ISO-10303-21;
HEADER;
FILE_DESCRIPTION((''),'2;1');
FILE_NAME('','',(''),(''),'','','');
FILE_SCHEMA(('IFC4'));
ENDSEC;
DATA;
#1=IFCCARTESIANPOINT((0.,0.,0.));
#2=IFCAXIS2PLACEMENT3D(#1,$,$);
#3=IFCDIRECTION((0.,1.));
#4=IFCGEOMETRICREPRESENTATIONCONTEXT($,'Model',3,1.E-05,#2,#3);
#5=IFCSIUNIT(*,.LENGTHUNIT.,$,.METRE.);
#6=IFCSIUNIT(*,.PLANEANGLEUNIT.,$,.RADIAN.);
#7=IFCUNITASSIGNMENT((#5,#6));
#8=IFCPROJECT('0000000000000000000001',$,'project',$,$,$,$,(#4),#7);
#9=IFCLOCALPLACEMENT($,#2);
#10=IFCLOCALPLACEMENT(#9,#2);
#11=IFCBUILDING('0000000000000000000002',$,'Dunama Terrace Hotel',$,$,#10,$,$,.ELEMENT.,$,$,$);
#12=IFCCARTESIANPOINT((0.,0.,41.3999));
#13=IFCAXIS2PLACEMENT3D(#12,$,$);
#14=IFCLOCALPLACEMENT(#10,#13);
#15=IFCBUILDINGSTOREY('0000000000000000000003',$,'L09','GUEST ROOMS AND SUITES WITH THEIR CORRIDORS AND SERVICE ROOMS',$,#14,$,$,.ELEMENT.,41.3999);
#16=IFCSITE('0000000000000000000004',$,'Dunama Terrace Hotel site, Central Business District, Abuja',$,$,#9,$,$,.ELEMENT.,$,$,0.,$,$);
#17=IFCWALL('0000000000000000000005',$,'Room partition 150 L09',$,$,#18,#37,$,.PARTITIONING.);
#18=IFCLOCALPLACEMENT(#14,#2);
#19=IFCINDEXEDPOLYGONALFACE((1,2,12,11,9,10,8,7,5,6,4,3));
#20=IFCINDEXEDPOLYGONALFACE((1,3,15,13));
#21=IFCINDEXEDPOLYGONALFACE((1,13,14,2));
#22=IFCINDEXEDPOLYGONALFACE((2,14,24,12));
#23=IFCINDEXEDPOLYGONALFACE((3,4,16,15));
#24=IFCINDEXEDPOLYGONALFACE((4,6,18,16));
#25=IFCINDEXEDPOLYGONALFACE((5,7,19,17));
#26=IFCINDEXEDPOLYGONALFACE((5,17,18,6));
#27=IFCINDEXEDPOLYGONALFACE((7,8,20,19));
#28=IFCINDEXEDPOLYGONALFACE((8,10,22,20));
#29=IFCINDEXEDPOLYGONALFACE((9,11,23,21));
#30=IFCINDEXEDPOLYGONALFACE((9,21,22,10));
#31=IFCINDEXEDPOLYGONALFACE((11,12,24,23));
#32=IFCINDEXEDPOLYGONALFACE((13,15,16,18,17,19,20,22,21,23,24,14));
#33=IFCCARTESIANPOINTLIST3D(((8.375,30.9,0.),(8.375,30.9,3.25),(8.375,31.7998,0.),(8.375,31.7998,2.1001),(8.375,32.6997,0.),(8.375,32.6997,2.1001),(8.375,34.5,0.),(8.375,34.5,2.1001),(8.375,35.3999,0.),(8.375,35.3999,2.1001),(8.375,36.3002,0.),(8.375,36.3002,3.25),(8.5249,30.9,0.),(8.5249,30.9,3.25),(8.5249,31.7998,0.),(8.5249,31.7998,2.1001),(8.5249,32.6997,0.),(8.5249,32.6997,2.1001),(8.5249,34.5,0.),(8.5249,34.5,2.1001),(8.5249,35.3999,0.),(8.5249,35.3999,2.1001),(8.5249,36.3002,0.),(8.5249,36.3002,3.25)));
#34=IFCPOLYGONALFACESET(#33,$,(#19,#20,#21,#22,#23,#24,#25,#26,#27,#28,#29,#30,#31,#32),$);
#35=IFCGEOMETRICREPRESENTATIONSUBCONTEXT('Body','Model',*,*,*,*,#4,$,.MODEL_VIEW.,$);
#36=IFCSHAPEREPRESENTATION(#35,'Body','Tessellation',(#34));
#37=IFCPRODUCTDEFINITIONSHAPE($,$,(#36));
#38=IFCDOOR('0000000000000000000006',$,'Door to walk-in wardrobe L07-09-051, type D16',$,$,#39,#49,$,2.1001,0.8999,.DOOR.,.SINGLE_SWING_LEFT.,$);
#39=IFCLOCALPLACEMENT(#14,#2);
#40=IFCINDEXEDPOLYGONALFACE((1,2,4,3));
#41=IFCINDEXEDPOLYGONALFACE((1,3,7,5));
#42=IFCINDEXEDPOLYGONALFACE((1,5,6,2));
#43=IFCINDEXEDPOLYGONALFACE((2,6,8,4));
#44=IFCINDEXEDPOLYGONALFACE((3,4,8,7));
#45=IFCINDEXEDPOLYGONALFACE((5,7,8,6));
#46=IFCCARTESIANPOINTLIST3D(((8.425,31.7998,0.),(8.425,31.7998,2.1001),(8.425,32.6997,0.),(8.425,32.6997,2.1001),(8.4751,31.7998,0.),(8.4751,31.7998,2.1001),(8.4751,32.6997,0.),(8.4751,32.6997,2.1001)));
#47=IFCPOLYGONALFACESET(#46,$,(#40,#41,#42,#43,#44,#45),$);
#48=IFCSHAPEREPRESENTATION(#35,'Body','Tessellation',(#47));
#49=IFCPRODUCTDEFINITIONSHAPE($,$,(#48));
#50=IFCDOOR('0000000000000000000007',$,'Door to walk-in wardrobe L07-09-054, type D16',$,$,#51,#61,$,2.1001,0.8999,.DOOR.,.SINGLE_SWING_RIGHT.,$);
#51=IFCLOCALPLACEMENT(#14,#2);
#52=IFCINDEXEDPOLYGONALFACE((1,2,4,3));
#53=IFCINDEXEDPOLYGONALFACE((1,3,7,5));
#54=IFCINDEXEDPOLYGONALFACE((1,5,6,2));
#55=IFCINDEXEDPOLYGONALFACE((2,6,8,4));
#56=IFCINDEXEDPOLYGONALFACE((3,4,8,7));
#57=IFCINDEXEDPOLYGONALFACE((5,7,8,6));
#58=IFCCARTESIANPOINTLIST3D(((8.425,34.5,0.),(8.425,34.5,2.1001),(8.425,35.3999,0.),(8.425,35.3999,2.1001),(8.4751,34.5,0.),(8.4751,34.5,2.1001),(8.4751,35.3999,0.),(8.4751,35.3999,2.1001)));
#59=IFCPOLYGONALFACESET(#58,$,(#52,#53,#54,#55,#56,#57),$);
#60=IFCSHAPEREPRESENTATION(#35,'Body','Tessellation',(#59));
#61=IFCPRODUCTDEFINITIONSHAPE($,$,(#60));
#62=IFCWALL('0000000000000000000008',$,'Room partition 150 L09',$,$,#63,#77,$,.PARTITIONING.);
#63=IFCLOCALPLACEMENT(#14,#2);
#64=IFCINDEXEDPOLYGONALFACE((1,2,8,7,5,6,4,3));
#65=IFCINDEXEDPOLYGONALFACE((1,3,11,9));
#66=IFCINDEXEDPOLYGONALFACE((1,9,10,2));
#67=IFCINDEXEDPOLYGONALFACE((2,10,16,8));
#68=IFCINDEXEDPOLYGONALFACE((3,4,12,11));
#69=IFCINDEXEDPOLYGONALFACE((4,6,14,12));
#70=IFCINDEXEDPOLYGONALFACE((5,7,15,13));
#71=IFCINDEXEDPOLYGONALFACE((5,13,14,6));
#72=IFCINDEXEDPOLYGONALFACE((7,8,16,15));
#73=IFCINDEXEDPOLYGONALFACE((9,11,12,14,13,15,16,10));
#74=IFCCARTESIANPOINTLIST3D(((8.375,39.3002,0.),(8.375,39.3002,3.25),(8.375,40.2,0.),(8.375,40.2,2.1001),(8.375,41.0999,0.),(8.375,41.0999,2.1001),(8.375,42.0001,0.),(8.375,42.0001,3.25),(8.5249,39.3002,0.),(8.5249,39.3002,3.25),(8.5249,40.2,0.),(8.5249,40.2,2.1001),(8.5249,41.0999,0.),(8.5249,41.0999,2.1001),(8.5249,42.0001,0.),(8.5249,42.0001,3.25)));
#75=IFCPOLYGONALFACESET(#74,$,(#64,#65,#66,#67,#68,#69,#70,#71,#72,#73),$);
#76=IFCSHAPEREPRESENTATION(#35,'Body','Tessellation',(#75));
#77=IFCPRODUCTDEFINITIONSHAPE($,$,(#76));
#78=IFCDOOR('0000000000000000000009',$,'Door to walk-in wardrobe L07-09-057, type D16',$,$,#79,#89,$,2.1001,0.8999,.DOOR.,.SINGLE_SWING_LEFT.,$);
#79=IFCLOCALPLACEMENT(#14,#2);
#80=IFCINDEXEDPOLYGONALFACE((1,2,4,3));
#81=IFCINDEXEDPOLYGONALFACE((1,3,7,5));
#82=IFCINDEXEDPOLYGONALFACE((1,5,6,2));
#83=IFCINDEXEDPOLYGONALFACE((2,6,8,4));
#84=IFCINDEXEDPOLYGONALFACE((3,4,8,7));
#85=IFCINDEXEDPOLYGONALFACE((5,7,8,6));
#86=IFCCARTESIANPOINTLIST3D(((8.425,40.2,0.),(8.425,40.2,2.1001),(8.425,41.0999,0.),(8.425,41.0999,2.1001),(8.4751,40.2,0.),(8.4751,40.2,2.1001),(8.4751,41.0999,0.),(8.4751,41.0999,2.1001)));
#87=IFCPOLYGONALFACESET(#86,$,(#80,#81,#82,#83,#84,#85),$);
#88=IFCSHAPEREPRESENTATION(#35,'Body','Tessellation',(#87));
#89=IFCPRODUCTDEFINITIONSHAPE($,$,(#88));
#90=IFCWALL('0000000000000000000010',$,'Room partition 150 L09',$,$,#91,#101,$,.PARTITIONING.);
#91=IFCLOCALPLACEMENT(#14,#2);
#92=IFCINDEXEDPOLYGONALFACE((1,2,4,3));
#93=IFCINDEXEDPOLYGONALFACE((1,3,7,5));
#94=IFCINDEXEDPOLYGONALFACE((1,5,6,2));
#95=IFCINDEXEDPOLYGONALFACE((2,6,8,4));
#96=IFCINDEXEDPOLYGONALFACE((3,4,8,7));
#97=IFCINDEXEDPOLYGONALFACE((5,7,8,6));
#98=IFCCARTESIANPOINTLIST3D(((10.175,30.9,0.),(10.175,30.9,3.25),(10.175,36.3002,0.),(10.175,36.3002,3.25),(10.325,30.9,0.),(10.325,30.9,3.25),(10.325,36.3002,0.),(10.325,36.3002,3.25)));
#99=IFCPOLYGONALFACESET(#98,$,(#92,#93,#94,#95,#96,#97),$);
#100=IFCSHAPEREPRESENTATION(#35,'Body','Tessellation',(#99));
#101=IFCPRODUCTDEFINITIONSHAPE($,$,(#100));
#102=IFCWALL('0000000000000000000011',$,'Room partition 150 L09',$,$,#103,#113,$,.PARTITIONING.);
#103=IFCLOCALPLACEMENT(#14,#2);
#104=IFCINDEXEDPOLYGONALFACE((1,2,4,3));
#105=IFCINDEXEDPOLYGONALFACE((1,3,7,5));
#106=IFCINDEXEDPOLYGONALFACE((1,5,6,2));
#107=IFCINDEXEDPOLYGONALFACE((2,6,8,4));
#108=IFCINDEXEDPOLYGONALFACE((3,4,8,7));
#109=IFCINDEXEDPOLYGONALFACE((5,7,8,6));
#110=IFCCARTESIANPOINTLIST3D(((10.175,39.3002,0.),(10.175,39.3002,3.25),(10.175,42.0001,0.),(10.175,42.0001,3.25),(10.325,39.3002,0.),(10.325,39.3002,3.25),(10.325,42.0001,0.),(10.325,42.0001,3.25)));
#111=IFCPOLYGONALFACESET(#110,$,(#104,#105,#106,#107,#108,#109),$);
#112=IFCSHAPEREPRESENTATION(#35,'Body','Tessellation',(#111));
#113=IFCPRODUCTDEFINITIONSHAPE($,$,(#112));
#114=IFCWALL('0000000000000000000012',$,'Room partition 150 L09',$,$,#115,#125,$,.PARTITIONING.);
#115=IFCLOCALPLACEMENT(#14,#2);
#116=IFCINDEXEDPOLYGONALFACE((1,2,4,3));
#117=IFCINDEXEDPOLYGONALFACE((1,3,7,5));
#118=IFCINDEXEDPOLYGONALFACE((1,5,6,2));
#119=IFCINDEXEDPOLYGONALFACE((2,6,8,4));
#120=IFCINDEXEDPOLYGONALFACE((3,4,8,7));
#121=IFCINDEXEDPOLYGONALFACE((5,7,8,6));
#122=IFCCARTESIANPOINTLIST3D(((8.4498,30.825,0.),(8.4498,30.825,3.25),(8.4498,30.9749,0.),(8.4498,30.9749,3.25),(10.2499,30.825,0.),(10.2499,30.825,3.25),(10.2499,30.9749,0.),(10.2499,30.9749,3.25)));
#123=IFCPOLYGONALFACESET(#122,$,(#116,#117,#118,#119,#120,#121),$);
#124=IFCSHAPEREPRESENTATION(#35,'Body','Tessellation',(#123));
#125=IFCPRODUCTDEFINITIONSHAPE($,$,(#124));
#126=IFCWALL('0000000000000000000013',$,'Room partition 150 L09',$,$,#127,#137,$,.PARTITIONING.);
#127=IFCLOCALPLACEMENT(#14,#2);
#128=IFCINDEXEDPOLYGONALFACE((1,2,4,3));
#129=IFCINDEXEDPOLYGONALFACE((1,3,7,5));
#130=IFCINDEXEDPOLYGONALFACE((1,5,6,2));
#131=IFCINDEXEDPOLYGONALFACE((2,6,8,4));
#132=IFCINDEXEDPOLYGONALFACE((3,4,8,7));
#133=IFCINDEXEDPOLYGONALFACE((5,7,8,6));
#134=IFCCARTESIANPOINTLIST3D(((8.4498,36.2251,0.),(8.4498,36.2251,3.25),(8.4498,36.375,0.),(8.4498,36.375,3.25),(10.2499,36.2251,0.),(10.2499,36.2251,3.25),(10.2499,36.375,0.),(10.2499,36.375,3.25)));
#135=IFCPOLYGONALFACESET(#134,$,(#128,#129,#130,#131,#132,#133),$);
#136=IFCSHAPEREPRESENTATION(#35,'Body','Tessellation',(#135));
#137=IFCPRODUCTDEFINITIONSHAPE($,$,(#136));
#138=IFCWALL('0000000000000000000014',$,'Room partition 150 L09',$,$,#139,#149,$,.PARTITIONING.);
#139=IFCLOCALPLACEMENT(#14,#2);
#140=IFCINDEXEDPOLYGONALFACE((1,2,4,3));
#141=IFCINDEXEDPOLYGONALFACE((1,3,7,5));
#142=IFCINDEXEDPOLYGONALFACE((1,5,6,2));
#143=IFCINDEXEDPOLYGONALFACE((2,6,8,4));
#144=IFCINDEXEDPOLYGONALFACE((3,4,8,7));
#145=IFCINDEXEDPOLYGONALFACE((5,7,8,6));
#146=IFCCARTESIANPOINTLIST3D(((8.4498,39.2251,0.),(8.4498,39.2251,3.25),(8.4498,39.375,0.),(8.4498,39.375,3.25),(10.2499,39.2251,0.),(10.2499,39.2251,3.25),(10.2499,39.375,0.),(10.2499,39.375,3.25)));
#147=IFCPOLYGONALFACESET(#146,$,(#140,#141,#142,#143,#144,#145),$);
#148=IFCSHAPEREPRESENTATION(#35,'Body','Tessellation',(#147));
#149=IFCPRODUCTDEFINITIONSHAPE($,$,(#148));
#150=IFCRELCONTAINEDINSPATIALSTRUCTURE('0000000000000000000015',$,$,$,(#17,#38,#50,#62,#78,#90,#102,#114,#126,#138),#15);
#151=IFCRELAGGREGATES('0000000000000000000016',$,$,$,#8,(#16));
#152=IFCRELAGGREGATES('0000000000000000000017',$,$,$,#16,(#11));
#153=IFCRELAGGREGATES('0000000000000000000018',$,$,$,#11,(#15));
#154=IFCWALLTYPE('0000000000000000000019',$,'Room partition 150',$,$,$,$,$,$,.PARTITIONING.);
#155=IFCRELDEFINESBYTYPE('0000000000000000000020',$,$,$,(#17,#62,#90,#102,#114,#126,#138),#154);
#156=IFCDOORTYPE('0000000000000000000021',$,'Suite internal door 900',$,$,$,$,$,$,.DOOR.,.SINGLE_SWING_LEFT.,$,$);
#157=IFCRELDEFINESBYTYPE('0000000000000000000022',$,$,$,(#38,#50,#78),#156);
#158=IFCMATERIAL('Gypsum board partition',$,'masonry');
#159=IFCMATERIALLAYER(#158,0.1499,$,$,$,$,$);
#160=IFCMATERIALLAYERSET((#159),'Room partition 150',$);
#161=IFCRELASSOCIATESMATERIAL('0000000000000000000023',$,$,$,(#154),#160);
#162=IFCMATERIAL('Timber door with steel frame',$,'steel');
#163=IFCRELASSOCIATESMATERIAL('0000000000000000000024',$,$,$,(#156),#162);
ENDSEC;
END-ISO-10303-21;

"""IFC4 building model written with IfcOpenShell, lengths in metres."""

from ifc_helpers import new_model, si_unit, direction, frame, frame_2d, origin, place, context, subcontext, project, spatial, rectangle, extrude, material, layer, layer_set, type_object, element, fill, save


model = new_model("IFC4")

# Units and contexts
model_context = context("Model", 3, precision=1e-05, world=origin(), true_north=direction((0.0, 1.0)))
body_context = subcontext(model_context, "Body", "Model", "MODEL_VIEW")
ifc_project = project(units=[si_unit("LENGTHUNIT", "METRE"), si_unit("PLANEANGLEUNIT", "RADIAN")], contexts=[model_context])

# Site, building, storey
site_placement = place(None, origin())
site = spatial("IfcSite", under=ifc_project, at=site_placement, Name="Dunama Terrace Hotel site, Central Business District, Abuja", CompositionType="ELEMENT", RefElevation=0.0)
building_placement = place(site_placement, origin())
building = spatial("IfcBuilding", under=site, at=building_placement, Name="Dunama Terrace Hotel", CompositionType="ELEMENT")
storey_placement = place(building_placement, frame((0.0, 0.0, 41.3999)))
storey = spatial("IfcBuildingStorey", under=building, at=storey_placement, Name="L09", Description="GUEST ROOMS AND SUITES WITH THEIR CORRIDORS AND SERVICE ROOMS", CompositionType="ELEMENT", Elevation=41.3999)

# Shared definitions
ifc_material_1 = material(Name="Gypsum board partition", Category="masonry")
ifc_layer_1 = layer(ifc_material_1, 0.1499)
ifc_layer_set_1 = layer_set([ifc_layer_1], Name="Room partition 150")
wall_type_1 = type_object("IfcWallType", Name="Room partition 150", PredefinedType="PARTITIONING", material=ifc_layer_set_1)

# Wall, openings, doors
wall_1_placement = place(storey_placement, frame((8.45, 30.8999, 0.0), z_axis=(0.0, 0.0, 1.0), x_axis=(0.0, 1.0, 0.0)))
wall_1 = element("IfcWall", 1, at=wall_1_placement, inside=storey, type_object=wall_type_1, Name="Room partition 150 L09", PredefinedType="PARTITIONING", context=body_context, shape_type="SweptSolid", body=[
    extrude(rectangle(XDim=5.4001, YDim=0.1499, at=frame_2d((2.7002, 0.0))), origin(), (0.0, 0.0, 1.0), 3.25),
])
opening_1_placement = place(wall_1_placement, frame((0.8999, 0.0, 0.0)))
opening_1 = element("IfcOpeningElement", 2, at=opening_1_placement, cuts=wall_1, PredefinedType="OPENING", context=body_context, shape_type="SweptSolid", body=[
    extrude(rectangle(XDim=0.8999, YDim=2.1001, at=frame_2d((0.45, 1.05))), frame((0.0, 0.085, 0.0), z_axis=(0.0, -1.0, 0.0), x_axis=(1.0, 0.0, 0.0)), (0.0, 0.0, 1.0), 0.1699),
])
opening_2_placement = place(wall_1_placement, frame((3.6001, 0.0, 0.0)))
opening_2 = element("IfcOpeningElement", 3, at=opening_2_placement, cuts=wall_1, PredefinedType="OPENING", context=body_context, shape_type="SweptSolid", body=[
    extrude(rectangle(XDim=0.8999, YDim=2.1001, at=frame_2d((0.45, 1.05))), frame((0.0, 0.085, 0.0), z_axis=(0.0, -1.0, 0.0), x_axis=(1.0, 0.0, 0.0)), (0.0, 0.0, 1.0), 0.1699),
])
ifc_material_2 = material(Name="Timber door with steel frame", Category="steel")
door_type_1 = type_object("IfcDoorType", Name="Suite internal door 900", OperationType="SINGLE_SWING_LEFT", PredefinedType="DOOR", material=ifc_material_2)
door_1_placement = place(opening_1_placement, frame((0.8999, 0.0, 0.0), z_axis=(0.0, 0.0, 1.0), x_axis=(-1.0, 0.0, 0.0)))
door_1 = element("IfcDoor", 4, at=door_1_placement, inside=storey, type_object=door_type_1, Name="Door to walk-in wardrobe L07-09-051, type D16", OperationType="SINGLE_SWING_LEFT", OverallHeight=2.1001, OverallWidth=0.8999, PredefinedType="DOOR", context=body_context, shape_type="SweptSolid", body=[
    extrude(rectangle(XDim=0.8999, YDim=2.1001, at=frame_2d((0.45, 1.05))), frame((0.0, 0.0251, 0.0), z_axis=(0.0, -1.0, 0.0), x_axis=(1.0, 0.0, 0.0)), (0.0, 0.0, 1.0), 0.05),
])
fill(opening_1, door_1)
door_2_placement = place(opening_2_placement, frame((0.8999, 0.0, 0.0), z_axis=(0.0, 0.0, 1.0), x_axis=(-1.0, 0.0, 0.0)))
door_2 = element("IfcDoor", 5, at=door_2_placement, inside=storey, type_object=door_type_1, Name="Door to walk-in wardrobe L07-09-054, type D16", OperationType="SINGLE_SWING_RIGHT", OverallHeight=2.1001, OverallWidth=0.8999, PredefinedType="DOOR", context=body_context, shape_type="SweptSolid", body=[
    extrude(rectangle(XDim=0.8999, YDim=2.1001, at=frame_2d((0.45, 1.05))), frame((0.0, 0.0251, 0.0), z_axis=(0.0, -1.0, 0.0), x_axis=(1.0, 0.0, 0.0)), (0.0, 0.0, 1.0), 0.05),
])
fill(opening_2, door_2)

# Wall, opening, door
wall_2_placement = place(storey_placement, frame((8.45, 39.3, 0.0), z_axis=(0.0, 0.0, 1.0), x_axis=(0.0, 1.0, 0.0)))
wall_2 = element("IfcWall", 6, at=wall_2_placement, inside=storey, type_object=wall_type_1, Name="Room partition 150 L09", PredefinedType="PARTITIONING", context=body_context, shape_type="SweptSolid", body=[
    extrude(rectangle(XDim=2.7, YDim=0.1499, at=frame_2d((1.3501, 0.0))), origin(), (0.0, 0.0, 1.0), 3.25),
])
opening_3_placement = place(wall_2_placement, frame((0.8999, 0.0, 0.0)))
opening_3 = element("IfcOpeningElement", 7, at=opening_3_placement, cuts=wall_2, PredefinedType="OPENING", context=body_context, shape_type="SweptSolid", body=[
    extrude(rectangle(XDim=0.8999, YDim=2.1001, at=frame_2d((0.45, 1.05))), frame((0.0, 0.085, 0.0), z_axis=(0.0, -1.0, 0.0), x_axis=(1.0, 0.0, 0.0)), (0.0, 0.0, 1.0), 0.1699),
])
door_3_placement = place(opening_3_placement, frame((0.8999, 0.0, 0.0), z_axis=(0.0, 0.0, 1.0), x_axis=(-1.0, 0.0, 0.0)))
door_3 = element("IfcDoor", 8, at=door_3_placement, inside=storey, type_object=door_type_1, Name="Door to walk-in wardrobe L07-09-057, type D16", OperationType="SINGLE_SWING_LEFT", OverallHeight=2.1001, OverallWidth=0.8999, PredefinedType="DOOR", context=body_context, shape_type="SweptSolid", body=[
    extrude(rectangle(XDim=0.8999, YDim=2.1001, at=frame_2d((0.45, 1.05))), frame((0.0, 0.0251, 0.0), z_axis=(0.0, -1.0, 0.0), x_axis=(1.0, 0.0, 0.0)), (0.0, 0.0, 1.0), 0.05),
])
fill(opening_3, door_3)

# Walls
wall_3_placement = place(storey_placement, frame((10.25, 30.8999, 0.0), z_axis=(0.0, 0.0, 1.0), x_axis=(0.0, 1.0, 0.0)))
element("IfcWall", 9, at=wall_3_placement, inside=storey, type_object=wall_type_1, Name="Room partition 150 L09", PredefinedType="PARTITIONING", context=body_context, shape_type="SweptSolid", body=[
    extrude(rectangle(XDim=5.4001, YDim=0.1499, at=frame_2d((2.7002, 0.0))), origin(), (0.0, 0.0, 1.0), 3.25),
])
wall_4_placement = place(storey_placement, frame((10.25, 39.3, 0.0), z_axis=(0.0, 0.0, 1.0), x_axis=(0.0, 1.0, 0.0)))
element("IfcWall", 10, at=wall_4_placement, inside=storey, type_object=wall_type_1, Name="Room partition 150 L09", PredefinedType="PARTITIONING", context=body_context, shape_type="SweptSolid", body=[
    extrude(rectangle(XDim=2.7, YDim=0.1499, at=frame_2d((1.3501, 0.0))), origin(), (0.0, 0.0, 1.0), 3.25),
])
for number, where, z_axis, x_axis, name in (
    (11, (8.45, 30.8999, 0.0), (0.0, 0.0, 1.0), (1.0, 0.0, 0.0), "Room partition 150 L09"),
    (12, (8.45, 36.3, 0.0), (0.0, 0.0, 1.0), (1.0, 0.0, 0.0), "Room partition 150 L09"),
    (13, (8.45, 39.3, 0.0), (0.0, 0.0, 1.0), (1.0, 0.0, 0.0), "Room partition 150 L09"),
):
    element("IfcWall", number, at=place(storey_placement, frame(where, z_axis=z_axis, x_axis=x_axis)), inside=storey, type_object=wall_type_1, Name=name, PredefinedType="PARTITIONING", context=body_context, shape_type="SweptSolid", body=[
        extrude(rectangle(XDim=1.8, YDim=0.1499, at=frame_2d((0.8999, 0.0))), origin(), (0.0, 0.0, 1.0), 3.25),
    ])

save(model, "model.ifc")
